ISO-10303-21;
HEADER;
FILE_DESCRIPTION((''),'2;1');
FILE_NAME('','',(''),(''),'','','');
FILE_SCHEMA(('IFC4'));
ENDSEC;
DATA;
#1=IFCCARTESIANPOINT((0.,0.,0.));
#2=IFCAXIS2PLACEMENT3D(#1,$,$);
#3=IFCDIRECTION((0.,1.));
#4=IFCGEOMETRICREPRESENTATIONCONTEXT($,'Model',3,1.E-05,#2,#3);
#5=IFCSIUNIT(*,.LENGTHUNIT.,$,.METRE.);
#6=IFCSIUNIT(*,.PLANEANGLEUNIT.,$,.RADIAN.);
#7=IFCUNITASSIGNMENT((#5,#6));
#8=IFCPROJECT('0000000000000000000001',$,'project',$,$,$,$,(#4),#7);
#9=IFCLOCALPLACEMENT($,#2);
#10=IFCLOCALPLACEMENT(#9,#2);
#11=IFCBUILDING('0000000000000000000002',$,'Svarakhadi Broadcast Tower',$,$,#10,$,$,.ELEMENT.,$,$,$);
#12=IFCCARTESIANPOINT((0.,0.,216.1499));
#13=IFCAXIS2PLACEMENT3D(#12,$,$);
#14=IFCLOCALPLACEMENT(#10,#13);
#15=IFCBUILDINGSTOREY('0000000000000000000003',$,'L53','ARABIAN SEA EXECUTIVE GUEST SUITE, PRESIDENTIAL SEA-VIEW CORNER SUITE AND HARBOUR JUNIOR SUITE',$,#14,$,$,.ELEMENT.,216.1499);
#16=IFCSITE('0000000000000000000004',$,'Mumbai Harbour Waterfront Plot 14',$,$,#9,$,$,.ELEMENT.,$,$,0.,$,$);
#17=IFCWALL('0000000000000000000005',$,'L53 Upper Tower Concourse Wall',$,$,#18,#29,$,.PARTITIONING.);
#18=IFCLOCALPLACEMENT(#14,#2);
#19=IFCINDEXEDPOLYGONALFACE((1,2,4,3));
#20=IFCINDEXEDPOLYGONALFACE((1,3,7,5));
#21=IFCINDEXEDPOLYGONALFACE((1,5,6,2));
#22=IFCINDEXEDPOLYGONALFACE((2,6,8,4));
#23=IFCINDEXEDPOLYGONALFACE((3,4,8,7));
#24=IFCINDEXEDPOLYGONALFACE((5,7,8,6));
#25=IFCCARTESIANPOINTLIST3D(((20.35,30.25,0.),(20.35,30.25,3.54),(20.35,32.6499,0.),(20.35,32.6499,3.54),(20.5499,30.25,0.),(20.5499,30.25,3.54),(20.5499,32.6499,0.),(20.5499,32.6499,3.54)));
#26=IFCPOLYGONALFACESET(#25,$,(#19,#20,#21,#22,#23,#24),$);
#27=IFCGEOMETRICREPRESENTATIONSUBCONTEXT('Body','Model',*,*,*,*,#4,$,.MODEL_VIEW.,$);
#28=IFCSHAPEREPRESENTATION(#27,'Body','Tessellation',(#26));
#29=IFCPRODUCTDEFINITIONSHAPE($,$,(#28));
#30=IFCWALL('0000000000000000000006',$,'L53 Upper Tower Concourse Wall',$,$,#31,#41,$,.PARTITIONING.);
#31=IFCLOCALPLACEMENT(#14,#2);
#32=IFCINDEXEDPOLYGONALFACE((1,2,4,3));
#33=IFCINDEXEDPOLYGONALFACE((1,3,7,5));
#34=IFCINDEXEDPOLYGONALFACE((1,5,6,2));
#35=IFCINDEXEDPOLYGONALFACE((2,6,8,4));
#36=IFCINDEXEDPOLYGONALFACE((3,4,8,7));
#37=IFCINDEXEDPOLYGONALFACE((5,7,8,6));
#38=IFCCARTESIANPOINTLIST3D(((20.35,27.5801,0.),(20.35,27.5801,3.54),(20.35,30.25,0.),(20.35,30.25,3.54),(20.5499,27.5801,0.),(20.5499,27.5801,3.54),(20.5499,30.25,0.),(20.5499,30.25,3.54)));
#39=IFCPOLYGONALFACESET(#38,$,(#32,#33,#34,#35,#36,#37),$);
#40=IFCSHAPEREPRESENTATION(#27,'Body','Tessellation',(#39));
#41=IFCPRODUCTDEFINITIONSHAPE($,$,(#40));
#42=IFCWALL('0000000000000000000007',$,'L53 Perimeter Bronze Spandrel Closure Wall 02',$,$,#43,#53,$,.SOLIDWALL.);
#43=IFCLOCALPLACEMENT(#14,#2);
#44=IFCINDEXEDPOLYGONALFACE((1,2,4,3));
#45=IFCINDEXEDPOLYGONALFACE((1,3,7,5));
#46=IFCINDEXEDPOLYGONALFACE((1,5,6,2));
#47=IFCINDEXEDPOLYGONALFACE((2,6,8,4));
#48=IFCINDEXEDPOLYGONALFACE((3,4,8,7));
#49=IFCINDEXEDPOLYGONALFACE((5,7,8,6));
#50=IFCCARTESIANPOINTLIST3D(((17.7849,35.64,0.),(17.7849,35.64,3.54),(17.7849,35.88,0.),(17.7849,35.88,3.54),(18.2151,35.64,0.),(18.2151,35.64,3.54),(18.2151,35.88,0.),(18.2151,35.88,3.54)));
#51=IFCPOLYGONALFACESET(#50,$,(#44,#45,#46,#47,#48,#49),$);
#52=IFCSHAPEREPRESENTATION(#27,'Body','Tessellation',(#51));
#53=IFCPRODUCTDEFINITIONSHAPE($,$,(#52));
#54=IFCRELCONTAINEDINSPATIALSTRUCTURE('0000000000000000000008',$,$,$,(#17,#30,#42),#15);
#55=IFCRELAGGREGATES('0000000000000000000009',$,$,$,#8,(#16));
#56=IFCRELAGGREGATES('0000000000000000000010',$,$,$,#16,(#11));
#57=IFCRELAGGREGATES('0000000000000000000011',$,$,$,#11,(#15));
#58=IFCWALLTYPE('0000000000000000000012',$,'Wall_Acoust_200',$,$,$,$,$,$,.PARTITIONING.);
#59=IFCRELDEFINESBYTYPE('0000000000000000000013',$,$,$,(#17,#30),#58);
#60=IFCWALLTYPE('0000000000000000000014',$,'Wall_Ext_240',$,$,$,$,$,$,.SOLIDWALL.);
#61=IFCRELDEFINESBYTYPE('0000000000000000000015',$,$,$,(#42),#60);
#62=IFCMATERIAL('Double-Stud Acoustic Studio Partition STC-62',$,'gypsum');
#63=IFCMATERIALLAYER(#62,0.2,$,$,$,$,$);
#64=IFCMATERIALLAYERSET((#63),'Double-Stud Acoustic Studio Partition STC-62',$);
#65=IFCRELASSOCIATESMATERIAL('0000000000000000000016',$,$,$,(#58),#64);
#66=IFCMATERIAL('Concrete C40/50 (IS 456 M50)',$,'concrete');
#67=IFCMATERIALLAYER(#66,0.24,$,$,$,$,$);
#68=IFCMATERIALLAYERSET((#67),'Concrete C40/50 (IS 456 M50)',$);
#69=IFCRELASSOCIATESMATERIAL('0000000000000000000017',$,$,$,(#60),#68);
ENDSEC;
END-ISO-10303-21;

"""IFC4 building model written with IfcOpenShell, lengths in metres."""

from ifc_helpers import new_model, si_unit, direction, frame, frame_2d, origin, place, context, subcontext, project, spatial, rectangle, extrude, material, layer, layer_set, type_object, element, save


model = new_model("IFC4")

# Units and contexts
model_context = context("Model", 3, precision=1e-05, world=origin(), true_north=direction((0.0, 1.0)))
body_context = subcontext(model_context, "Body", "Model", "MODEL_VIEW")
ifc_project = project(units=[si_unit("LENGTHUNIT", "METRE"), si_unit("PLANEANGLEUNIT", "RADIAN")], contexts=[model_context])

# Site, building, storey
site_placement = place(None, origin())
site = spatial("IfcSite", under=ifc_project, at=site_placement, Name="Mumbai Harbour Waterfront Plot 14", CompositionType="ELEMENT", RefElevation=0.0)
building_placement = place(site_placement, origin())
building = spatial("IfcBuilding", under=site, at=building_placement, Name="Svarakhadi Broadcast Tower", CompositionType="ELEMENT")
storey_placement = place(building_placement, frame((0.0, 0.0, 216.1499)))
storey = spatial("IfcBuildingStorey", under=building, at=storey_placement, Name="L53", Description="ARABIAN SEA EXECUTIVE GUEST SUITE, PRESIDENTIAL SEA-VIEW CORNER SUITE AND HARBOUR JUNIOR SUITE", CompositionType="ELEMENT", Elevation=216.1499)

# Walls
ifc_material_1 = material(Name="Double-Stud Acoustic Studio Partition STC-62", Category="gypsum")
ifc_layer_1 = layer(ifc_material_1, 0.2)
ifc_layer_set_1 = layer_set([ifc_layer_1], Name="Double-Stud Acoustic Studio Partition STC-62")
wall_type_1 = type_object("IfcWallType", Name="Wall_Acoust_200", PredefinedType="PARTITIONING", material=ifc_layer_set_1)
wall_1_placement = place(storey_placement, frame((20.45, 32.6499, 0.0), z_axis=(0.0, 0.0, 1.0), x_axis=(0.0, -1.0, 0.0)))
element("IfcWall", 1, at=wall_1_placement, inside=storey, type_object=wall_type_1, Name="L53 Upper Tower Concourse Wall", PredefinedType="PARTITIONING", context=body_context, shape_type="SweptSolid", body=[
    extrude(rectangle(XDim=2.3999, YDim=0.2, at=frame_2d((1.2, 0.0))), origin(), (0.0, 0.0, 1.0), 3.54),
])
wall_2_placement = place(storey_placement, frame((20.45, 30.25, 0.0), z_axis=(0.0, 0.0, 1.0), x_axis=(0.0, -1.0, 0.0)))
element("IfcWall", 2, at=wall_2_placement, inside=storey, type_object=wall_type_1, Name="L53 Upper Tower Concourse Wall", PredefinedType="PARTITIONING", context=body_context, shape_type="SweptSolid", body=[
    extrude(rectangle(XDim=2.6699, YDim=0.2, at=frame_2d((1.335, 0.0))), origin(), (0.0, 0.0, 1.0), 3.54),
])
ifc_material_2 = material(Name="Concrete C40/50 (IS 456 M50)", Category="concrete")
ifc_layer_2 = layer(ifc_material_2, 0.24)
ifc_layer_set_2 = layer_set([ifc_layer_2], Name="Concrete C40/50 (IS 456 M50)")
wall_type_2 = type_object("IfcWallType", Name="Wall_Ext_240", PredefinedType="SOLIDWALL", material=ifc_layer_set_2)
wall_3_placement = place(storey_placement, frame((17.7849, 35.76, 0.0), z_axis=(0.0, 0.0, 1.0), x_axis=(1.0, 0.0, 0.0)))
element("IfcWall", 3, at=wall_3_placement, inside=storey, type_object=wall_type_2, Name="L53 Perimeter Bronze Spandrel Closure Wall 02", PredefinedType="SOLIDWALL", context=body_context, shape_type="SweptSolid", body=[
    extrude(rectangle(XDim=0.4302, YDim=0.24, at=frame_2d((0.2151, 0.0))), origin(), (0.0, 0.0, 1.0), 3.54),
])

save(model, "model.ifc")
